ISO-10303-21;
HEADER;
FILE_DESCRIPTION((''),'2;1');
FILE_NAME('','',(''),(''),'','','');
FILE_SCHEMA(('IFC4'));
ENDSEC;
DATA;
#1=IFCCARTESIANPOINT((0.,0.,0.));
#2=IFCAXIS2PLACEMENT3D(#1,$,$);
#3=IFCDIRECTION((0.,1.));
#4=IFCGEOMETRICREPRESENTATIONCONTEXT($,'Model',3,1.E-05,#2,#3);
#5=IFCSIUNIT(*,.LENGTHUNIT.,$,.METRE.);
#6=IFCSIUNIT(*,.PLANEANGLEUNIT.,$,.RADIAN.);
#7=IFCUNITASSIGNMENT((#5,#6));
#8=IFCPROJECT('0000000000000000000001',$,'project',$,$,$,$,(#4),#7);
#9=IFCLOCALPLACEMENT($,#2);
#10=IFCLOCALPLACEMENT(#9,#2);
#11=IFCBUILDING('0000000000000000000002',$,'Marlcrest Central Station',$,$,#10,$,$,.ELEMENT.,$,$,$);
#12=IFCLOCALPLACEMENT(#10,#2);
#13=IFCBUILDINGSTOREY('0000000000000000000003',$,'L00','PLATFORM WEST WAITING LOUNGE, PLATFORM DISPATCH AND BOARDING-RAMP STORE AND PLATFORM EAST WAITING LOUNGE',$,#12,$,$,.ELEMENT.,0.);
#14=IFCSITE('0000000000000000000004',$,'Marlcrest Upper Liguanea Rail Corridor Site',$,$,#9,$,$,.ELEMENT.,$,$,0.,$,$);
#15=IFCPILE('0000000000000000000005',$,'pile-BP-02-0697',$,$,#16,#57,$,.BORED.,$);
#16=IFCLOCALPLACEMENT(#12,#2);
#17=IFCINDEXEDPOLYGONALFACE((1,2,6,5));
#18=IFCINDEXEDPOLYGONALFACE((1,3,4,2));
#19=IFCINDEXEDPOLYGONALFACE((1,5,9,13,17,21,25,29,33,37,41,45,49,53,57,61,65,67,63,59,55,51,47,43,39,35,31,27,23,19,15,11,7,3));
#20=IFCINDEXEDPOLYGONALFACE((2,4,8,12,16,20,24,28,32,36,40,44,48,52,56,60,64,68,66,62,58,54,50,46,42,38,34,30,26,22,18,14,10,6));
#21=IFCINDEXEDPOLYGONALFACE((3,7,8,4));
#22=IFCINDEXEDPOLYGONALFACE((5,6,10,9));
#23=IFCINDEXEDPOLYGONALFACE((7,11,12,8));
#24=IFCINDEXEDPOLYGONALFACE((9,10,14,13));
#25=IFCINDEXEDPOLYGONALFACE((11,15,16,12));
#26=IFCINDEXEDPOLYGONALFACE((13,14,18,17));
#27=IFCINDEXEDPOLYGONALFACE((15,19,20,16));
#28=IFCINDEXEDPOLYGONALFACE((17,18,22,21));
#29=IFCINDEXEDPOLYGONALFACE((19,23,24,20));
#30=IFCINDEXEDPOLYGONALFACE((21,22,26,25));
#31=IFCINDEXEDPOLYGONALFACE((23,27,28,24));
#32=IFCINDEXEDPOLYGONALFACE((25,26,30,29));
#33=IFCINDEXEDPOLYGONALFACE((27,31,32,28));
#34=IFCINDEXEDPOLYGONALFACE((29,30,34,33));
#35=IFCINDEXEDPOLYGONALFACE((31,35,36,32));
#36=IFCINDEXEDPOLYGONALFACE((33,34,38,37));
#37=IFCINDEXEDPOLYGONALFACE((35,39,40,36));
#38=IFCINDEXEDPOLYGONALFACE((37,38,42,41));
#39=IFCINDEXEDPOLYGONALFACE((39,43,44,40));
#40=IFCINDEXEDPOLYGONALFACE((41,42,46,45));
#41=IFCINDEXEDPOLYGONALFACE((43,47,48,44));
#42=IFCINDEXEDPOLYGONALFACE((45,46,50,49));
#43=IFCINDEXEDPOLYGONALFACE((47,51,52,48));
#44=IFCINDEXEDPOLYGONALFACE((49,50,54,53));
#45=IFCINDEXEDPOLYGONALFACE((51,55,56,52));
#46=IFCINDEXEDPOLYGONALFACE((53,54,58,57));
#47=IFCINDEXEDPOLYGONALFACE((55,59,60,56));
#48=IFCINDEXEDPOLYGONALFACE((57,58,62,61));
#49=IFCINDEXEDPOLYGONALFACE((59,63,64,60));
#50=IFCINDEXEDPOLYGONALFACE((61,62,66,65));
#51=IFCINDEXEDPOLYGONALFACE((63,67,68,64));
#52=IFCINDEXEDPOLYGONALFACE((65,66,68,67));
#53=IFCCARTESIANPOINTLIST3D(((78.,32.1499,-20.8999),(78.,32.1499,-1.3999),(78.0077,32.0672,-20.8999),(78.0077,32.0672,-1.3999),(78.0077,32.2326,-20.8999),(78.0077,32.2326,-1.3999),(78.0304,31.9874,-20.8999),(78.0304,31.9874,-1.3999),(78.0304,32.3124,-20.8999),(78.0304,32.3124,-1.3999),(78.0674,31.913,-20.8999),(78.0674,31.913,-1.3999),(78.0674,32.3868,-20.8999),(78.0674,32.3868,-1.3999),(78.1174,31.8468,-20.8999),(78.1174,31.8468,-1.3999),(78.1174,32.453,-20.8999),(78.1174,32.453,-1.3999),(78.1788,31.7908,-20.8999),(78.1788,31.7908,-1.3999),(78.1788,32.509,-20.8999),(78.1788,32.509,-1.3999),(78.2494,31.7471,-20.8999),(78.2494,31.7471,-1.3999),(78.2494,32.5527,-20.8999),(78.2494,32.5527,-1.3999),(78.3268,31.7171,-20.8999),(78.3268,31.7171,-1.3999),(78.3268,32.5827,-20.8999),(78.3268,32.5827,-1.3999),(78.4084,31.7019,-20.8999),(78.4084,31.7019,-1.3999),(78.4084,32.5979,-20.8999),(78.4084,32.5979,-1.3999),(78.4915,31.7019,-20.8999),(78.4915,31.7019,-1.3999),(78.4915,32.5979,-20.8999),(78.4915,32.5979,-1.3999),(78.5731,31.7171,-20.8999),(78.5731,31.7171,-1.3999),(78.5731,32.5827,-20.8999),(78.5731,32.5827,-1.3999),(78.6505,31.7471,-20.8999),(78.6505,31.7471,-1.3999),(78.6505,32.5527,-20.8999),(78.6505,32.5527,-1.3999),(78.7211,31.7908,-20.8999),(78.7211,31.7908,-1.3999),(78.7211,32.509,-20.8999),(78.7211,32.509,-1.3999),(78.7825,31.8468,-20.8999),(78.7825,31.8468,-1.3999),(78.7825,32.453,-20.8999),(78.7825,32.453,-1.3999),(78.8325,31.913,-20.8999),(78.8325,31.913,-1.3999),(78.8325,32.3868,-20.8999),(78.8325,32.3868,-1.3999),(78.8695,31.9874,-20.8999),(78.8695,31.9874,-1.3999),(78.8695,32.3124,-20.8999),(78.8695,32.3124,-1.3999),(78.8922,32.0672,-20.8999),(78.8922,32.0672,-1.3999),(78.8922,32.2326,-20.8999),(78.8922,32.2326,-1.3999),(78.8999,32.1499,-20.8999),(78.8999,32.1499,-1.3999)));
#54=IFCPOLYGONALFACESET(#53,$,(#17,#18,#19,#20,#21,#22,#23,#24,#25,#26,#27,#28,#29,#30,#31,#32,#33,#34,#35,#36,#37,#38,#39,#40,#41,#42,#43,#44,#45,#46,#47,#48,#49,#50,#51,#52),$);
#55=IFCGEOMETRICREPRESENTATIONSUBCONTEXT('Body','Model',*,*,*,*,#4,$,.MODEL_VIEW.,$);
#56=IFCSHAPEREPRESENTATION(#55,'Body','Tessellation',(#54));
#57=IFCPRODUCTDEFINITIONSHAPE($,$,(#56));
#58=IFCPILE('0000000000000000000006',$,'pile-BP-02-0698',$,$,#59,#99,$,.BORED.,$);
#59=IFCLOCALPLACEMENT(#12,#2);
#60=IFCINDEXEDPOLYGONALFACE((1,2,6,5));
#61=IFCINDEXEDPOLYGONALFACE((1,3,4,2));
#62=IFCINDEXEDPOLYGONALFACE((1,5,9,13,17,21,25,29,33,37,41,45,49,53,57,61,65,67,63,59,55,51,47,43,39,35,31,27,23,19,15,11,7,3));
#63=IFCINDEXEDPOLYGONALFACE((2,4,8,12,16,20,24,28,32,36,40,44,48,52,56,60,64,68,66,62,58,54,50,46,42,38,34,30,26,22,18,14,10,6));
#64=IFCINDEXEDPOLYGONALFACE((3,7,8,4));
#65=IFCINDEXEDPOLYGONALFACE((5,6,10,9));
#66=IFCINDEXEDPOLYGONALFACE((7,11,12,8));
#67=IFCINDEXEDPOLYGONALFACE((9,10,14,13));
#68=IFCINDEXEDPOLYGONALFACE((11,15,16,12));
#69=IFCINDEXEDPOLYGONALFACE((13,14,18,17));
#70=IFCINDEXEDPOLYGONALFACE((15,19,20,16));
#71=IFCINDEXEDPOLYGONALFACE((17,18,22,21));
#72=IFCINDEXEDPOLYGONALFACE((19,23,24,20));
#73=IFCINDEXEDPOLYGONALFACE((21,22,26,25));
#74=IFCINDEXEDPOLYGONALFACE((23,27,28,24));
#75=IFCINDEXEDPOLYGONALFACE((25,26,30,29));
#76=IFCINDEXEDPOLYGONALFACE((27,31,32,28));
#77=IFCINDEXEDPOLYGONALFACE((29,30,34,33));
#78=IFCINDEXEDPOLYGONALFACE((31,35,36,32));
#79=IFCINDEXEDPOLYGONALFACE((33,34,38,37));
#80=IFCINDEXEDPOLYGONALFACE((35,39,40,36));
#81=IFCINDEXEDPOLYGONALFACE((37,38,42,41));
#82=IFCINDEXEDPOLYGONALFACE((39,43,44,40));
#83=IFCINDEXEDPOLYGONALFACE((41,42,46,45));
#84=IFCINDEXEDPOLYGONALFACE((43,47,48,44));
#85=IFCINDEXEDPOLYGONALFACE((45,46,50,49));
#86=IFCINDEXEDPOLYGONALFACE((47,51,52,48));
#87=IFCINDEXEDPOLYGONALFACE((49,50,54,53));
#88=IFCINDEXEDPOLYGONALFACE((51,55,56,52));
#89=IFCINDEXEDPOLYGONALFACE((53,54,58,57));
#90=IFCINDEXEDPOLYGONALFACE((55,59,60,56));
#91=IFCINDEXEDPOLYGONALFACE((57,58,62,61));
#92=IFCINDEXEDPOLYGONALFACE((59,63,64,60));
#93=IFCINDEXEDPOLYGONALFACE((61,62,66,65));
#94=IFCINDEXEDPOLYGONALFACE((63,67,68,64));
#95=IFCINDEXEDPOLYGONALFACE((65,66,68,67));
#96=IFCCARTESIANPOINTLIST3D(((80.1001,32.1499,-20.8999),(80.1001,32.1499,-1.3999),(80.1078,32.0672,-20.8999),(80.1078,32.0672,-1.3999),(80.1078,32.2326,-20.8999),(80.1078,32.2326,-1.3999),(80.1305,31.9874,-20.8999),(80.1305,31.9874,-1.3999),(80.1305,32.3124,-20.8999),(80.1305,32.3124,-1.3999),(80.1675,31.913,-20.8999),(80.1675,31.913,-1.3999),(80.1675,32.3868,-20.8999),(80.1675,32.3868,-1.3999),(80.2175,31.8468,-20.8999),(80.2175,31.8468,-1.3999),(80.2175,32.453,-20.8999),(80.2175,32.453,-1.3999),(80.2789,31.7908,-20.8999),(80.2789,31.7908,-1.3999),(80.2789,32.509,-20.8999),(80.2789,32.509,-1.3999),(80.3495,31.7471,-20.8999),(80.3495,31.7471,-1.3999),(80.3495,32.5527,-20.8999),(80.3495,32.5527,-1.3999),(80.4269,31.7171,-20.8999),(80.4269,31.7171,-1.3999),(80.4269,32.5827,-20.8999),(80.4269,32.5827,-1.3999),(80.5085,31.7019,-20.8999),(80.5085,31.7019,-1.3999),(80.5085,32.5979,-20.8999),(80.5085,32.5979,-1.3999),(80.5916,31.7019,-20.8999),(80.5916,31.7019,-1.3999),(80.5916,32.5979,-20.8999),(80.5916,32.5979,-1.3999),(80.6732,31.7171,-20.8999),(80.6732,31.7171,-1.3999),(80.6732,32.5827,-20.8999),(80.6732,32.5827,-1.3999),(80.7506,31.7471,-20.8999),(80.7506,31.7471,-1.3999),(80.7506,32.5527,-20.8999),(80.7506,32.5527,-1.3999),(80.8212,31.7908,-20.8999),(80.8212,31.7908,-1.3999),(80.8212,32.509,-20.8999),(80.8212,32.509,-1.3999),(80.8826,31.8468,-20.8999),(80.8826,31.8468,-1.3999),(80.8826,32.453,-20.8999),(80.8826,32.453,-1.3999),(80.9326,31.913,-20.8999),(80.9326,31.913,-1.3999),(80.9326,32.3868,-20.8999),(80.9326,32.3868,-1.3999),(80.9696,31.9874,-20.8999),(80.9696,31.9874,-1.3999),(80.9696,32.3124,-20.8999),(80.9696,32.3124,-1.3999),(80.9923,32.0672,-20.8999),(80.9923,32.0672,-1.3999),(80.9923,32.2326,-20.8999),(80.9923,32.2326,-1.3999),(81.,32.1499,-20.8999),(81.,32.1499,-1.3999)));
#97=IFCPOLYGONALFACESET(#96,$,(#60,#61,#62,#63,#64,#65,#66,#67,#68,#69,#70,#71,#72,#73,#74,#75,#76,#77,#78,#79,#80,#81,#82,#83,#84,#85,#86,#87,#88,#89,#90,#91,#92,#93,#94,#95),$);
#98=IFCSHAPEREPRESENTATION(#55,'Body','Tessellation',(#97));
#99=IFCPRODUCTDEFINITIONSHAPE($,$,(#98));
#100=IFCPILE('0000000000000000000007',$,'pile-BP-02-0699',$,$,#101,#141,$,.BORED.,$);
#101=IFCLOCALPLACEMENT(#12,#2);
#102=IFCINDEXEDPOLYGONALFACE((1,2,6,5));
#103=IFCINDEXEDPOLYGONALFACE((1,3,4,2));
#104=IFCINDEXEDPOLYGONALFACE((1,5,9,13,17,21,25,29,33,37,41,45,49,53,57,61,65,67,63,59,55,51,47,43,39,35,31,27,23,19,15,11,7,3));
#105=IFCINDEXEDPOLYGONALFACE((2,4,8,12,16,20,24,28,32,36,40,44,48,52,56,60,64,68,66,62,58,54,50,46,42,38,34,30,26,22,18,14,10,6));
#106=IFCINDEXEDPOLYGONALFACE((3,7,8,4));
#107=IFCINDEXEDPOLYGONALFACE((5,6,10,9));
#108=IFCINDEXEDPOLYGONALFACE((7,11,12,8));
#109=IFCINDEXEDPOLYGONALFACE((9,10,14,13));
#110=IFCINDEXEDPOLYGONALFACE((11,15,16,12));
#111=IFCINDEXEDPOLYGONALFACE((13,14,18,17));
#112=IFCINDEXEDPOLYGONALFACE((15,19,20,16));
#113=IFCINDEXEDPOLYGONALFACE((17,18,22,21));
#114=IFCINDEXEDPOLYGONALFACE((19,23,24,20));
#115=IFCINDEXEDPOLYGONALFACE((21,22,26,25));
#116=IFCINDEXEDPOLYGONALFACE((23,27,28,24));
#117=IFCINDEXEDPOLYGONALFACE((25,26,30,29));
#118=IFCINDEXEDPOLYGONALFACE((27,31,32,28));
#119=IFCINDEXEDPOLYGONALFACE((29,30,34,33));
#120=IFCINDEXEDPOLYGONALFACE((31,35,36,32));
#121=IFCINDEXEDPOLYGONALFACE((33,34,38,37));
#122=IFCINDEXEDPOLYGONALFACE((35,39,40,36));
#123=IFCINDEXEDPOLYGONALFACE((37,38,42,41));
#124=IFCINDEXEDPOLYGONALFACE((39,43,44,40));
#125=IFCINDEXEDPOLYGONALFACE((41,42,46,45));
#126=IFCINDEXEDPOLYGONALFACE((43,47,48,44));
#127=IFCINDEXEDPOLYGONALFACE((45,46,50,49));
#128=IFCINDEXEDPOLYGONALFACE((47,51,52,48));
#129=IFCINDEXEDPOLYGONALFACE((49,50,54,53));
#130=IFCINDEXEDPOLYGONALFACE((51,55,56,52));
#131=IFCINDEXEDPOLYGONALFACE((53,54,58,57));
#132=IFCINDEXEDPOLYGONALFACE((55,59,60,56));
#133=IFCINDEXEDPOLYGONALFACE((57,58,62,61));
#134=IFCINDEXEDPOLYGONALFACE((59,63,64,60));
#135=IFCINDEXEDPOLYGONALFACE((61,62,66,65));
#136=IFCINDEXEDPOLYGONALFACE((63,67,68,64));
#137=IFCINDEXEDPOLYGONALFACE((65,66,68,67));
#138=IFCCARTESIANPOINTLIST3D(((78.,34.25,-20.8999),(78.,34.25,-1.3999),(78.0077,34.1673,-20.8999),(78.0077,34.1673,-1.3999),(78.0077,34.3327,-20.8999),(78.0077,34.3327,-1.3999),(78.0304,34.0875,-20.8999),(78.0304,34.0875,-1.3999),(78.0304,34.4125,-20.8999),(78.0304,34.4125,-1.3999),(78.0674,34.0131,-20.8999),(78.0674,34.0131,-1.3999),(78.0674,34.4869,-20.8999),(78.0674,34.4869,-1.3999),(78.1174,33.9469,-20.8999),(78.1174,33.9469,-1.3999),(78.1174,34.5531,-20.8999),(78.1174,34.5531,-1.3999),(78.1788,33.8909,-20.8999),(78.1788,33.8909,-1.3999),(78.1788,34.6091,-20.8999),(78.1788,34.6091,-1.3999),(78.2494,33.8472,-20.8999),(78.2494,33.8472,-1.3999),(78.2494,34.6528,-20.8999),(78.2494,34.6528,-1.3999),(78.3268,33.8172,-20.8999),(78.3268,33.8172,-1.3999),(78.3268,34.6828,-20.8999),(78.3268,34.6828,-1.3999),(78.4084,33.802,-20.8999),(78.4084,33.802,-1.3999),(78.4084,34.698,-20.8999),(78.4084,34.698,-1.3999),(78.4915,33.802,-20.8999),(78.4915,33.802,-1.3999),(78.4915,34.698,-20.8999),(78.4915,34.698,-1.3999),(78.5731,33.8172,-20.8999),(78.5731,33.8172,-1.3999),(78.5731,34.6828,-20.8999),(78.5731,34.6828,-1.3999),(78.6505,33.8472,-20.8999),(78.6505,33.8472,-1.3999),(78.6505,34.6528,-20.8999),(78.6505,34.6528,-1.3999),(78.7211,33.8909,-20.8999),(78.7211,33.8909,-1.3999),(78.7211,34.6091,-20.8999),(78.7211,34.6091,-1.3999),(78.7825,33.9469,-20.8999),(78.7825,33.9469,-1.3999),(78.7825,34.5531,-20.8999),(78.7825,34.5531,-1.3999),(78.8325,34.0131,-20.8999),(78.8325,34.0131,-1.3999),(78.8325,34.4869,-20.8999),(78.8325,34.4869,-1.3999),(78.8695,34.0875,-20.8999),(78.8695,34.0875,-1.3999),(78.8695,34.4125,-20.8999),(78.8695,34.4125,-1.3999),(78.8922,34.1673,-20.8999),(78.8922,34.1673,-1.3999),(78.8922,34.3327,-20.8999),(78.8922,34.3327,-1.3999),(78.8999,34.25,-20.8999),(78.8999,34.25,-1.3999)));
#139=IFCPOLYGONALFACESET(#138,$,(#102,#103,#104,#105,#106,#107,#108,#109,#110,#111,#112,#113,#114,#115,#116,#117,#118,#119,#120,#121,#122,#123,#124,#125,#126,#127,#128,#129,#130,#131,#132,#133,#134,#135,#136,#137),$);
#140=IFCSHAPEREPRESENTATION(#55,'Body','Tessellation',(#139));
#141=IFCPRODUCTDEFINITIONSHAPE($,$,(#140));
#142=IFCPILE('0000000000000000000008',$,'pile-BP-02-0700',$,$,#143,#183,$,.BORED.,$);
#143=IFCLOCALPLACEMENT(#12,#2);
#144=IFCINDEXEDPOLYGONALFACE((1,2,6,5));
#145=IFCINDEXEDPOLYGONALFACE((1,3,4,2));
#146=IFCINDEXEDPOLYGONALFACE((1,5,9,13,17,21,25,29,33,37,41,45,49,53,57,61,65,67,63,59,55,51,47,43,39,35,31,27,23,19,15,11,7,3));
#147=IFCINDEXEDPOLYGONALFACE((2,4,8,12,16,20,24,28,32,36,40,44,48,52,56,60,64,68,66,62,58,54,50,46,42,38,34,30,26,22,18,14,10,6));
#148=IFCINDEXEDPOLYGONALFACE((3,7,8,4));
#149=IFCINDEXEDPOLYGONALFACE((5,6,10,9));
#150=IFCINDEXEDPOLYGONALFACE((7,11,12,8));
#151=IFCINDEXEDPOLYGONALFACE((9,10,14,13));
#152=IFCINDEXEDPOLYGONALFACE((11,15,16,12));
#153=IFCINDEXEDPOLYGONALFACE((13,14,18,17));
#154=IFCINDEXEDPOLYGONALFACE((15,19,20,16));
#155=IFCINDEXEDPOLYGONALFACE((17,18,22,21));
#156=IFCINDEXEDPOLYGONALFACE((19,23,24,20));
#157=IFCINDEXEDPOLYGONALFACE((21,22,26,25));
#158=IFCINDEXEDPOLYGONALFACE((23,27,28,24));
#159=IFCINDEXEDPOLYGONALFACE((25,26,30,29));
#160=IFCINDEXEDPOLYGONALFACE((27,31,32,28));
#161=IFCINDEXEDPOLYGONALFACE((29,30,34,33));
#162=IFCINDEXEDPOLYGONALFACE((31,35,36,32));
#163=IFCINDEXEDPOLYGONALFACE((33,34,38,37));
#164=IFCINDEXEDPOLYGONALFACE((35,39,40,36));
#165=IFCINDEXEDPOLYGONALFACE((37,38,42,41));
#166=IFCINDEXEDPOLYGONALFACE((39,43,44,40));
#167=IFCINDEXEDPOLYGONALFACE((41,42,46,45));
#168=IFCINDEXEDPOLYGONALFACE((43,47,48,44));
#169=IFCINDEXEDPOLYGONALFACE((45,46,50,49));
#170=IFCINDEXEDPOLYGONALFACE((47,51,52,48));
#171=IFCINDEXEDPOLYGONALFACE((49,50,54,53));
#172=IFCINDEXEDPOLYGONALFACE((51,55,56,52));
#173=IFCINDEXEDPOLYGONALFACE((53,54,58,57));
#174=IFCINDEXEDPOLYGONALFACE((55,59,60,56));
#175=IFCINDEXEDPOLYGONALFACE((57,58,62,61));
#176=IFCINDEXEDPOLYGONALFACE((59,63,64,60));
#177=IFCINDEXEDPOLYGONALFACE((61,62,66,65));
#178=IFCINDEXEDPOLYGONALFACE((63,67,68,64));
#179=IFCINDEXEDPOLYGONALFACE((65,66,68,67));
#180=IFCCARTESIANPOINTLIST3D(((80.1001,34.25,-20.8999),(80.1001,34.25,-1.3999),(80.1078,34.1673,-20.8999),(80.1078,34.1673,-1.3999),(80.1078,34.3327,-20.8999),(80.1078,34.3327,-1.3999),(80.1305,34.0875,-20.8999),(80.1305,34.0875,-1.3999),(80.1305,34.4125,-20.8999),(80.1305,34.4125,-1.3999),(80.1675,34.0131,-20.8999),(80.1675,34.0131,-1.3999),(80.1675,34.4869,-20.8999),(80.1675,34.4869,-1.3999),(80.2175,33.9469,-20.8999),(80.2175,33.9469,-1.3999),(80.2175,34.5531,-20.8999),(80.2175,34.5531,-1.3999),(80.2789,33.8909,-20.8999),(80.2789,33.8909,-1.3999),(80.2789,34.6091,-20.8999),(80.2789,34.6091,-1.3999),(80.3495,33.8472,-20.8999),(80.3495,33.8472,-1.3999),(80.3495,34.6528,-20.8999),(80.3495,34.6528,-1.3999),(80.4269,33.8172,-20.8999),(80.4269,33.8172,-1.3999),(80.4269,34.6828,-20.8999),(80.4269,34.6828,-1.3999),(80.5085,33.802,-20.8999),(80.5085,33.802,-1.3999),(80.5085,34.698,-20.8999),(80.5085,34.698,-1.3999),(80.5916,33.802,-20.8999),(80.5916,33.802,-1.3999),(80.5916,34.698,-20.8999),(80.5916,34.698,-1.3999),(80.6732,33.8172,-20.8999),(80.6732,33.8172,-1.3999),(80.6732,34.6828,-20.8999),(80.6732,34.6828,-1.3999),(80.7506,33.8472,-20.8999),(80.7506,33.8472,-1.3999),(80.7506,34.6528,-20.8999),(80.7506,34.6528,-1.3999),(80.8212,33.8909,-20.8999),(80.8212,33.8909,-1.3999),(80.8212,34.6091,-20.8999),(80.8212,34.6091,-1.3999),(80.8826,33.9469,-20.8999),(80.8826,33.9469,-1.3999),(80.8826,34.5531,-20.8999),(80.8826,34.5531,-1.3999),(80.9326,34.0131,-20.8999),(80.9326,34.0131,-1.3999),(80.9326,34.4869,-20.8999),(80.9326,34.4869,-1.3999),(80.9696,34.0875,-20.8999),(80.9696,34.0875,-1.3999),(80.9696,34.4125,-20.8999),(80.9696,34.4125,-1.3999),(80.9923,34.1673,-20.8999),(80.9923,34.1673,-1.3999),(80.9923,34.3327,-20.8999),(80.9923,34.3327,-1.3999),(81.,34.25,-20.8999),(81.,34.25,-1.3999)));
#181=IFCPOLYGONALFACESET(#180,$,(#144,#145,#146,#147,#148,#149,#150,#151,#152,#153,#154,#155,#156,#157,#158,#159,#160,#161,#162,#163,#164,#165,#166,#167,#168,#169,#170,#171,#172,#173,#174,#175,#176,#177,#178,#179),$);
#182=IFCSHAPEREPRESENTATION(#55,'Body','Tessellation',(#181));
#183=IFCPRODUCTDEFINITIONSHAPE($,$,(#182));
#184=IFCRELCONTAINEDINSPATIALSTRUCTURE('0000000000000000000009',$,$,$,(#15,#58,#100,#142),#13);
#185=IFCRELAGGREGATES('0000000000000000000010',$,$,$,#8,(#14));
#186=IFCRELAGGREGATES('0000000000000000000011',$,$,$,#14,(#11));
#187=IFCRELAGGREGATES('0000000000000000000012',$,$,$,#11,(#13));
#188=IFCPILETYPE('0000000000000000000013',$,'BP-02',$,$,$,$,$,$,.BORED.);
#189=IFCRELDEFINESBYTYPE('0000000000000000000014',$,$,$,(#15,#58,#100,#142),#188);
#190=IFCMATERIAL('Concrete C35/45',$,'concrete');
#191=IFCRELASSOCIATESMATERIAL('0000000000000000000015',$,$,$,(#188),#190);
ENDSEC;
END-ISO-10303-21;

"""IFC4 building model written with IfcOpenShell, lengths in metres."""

from ifc_helpers import new_model, si_unit, direction, frame, origin, origin_2d, place, context, subcontext, project, spatial, circle, extrude, material, material_profile, profile_set, type_object, element, save


model = new_model("IFC4")

# Units and contexts
model_context = context("Model", 3, precision=1e-05, world=origin(), true_north=direction((0.0, 1.0)))
body_context = subcontext(model_context, "Body", "Model", "MODEL_VIEW")
ifc_project = project(units=[si_unit("LENGTHUNIT", "METRE"), si_unit("PLANEANGLEUNIT", "RADIAN")], contexts=[model_context])

# Site, building, storey
site_placement = place(None, origin())
site = spatial("IfcSite", under=ifc_project, at=site_placement, Name="Marlcrest Upper Liguanea Rail Corridor Site", CompositionType="ELEMENT", RefElevation=0.0)
building_placement = place(site_placement, origin())
building = spatial("IfcBuilding", under=site, at=building_placement, Name="Marlcrest Central Station", CompositionType="ELEMENT")
storey_placement = place(building_placement, origin())
storey = spatial("IfcBuildingStorey", under=building, at=storey_placement, Name="L00", Description="PLATFORM WEST WAITING LOUNGE, PLATFORM DISPATCH AND BOARDING-RAMP STORE AND PLATFORM EAST WAITING LOUNGE", CompositionType="ELEMENT", Elevation=0.0)

# Piles
ifc_material_1 = material(Name="Concrete C35/45", Category="concrete")
ifc_material_profile_1 = material_profile(ifc_material_1, circle(Radius=0.45, at=origin_2d()), Name="PILE D900")
ifc_profile_set_1 = profile_set([ifc_material_profile_1], Name="Concrete C35/45")
pile_type_1 = type_object("IfcPileType", Name="BP-02", PredefinedType="BORED", material=ifc_profile_set_1)
for number, where, z_axis, x_axis, name in (
    (1, (78.45, 32.1499, -1.3999), (0.0, 0.0, -1.0), (1.0, 0.0, 0.0), "pile-BP-02-0697"),
    (2, (80.55, 32.1499, -1.3999), (0.0, 0.0, -1.0), (1.0, 0.0, 0.0), "pile-BP-02-0698"),
    (3, (78.45, 34.25, -1.3999), (0.0, 0.0, -1.0), (1.0, 0.0, 0.0), "pile-BP-02-0699"),
    (4, (80.55, 34.25, -1.3999), (0.0, 0.0, -1.0), (1.0, 0.0, 0.0), "pile-BP-02-0700"),
):
    element("IfcPile", number, at=place(storey_placement, frame(where, z_axis=z_axis, x_axis=x_axis)), inside=storey, type_object=pile_type_1, Name=name, PredefinedType="BORED", context=body_context, shape_type="SweptSolid", body=[
        extrude(circle(Radius=0.45, at=origin_2d()), origin(), (0.0, 0.0, 1.0), 19.5),
    ])

save(model, "model.ifc")
